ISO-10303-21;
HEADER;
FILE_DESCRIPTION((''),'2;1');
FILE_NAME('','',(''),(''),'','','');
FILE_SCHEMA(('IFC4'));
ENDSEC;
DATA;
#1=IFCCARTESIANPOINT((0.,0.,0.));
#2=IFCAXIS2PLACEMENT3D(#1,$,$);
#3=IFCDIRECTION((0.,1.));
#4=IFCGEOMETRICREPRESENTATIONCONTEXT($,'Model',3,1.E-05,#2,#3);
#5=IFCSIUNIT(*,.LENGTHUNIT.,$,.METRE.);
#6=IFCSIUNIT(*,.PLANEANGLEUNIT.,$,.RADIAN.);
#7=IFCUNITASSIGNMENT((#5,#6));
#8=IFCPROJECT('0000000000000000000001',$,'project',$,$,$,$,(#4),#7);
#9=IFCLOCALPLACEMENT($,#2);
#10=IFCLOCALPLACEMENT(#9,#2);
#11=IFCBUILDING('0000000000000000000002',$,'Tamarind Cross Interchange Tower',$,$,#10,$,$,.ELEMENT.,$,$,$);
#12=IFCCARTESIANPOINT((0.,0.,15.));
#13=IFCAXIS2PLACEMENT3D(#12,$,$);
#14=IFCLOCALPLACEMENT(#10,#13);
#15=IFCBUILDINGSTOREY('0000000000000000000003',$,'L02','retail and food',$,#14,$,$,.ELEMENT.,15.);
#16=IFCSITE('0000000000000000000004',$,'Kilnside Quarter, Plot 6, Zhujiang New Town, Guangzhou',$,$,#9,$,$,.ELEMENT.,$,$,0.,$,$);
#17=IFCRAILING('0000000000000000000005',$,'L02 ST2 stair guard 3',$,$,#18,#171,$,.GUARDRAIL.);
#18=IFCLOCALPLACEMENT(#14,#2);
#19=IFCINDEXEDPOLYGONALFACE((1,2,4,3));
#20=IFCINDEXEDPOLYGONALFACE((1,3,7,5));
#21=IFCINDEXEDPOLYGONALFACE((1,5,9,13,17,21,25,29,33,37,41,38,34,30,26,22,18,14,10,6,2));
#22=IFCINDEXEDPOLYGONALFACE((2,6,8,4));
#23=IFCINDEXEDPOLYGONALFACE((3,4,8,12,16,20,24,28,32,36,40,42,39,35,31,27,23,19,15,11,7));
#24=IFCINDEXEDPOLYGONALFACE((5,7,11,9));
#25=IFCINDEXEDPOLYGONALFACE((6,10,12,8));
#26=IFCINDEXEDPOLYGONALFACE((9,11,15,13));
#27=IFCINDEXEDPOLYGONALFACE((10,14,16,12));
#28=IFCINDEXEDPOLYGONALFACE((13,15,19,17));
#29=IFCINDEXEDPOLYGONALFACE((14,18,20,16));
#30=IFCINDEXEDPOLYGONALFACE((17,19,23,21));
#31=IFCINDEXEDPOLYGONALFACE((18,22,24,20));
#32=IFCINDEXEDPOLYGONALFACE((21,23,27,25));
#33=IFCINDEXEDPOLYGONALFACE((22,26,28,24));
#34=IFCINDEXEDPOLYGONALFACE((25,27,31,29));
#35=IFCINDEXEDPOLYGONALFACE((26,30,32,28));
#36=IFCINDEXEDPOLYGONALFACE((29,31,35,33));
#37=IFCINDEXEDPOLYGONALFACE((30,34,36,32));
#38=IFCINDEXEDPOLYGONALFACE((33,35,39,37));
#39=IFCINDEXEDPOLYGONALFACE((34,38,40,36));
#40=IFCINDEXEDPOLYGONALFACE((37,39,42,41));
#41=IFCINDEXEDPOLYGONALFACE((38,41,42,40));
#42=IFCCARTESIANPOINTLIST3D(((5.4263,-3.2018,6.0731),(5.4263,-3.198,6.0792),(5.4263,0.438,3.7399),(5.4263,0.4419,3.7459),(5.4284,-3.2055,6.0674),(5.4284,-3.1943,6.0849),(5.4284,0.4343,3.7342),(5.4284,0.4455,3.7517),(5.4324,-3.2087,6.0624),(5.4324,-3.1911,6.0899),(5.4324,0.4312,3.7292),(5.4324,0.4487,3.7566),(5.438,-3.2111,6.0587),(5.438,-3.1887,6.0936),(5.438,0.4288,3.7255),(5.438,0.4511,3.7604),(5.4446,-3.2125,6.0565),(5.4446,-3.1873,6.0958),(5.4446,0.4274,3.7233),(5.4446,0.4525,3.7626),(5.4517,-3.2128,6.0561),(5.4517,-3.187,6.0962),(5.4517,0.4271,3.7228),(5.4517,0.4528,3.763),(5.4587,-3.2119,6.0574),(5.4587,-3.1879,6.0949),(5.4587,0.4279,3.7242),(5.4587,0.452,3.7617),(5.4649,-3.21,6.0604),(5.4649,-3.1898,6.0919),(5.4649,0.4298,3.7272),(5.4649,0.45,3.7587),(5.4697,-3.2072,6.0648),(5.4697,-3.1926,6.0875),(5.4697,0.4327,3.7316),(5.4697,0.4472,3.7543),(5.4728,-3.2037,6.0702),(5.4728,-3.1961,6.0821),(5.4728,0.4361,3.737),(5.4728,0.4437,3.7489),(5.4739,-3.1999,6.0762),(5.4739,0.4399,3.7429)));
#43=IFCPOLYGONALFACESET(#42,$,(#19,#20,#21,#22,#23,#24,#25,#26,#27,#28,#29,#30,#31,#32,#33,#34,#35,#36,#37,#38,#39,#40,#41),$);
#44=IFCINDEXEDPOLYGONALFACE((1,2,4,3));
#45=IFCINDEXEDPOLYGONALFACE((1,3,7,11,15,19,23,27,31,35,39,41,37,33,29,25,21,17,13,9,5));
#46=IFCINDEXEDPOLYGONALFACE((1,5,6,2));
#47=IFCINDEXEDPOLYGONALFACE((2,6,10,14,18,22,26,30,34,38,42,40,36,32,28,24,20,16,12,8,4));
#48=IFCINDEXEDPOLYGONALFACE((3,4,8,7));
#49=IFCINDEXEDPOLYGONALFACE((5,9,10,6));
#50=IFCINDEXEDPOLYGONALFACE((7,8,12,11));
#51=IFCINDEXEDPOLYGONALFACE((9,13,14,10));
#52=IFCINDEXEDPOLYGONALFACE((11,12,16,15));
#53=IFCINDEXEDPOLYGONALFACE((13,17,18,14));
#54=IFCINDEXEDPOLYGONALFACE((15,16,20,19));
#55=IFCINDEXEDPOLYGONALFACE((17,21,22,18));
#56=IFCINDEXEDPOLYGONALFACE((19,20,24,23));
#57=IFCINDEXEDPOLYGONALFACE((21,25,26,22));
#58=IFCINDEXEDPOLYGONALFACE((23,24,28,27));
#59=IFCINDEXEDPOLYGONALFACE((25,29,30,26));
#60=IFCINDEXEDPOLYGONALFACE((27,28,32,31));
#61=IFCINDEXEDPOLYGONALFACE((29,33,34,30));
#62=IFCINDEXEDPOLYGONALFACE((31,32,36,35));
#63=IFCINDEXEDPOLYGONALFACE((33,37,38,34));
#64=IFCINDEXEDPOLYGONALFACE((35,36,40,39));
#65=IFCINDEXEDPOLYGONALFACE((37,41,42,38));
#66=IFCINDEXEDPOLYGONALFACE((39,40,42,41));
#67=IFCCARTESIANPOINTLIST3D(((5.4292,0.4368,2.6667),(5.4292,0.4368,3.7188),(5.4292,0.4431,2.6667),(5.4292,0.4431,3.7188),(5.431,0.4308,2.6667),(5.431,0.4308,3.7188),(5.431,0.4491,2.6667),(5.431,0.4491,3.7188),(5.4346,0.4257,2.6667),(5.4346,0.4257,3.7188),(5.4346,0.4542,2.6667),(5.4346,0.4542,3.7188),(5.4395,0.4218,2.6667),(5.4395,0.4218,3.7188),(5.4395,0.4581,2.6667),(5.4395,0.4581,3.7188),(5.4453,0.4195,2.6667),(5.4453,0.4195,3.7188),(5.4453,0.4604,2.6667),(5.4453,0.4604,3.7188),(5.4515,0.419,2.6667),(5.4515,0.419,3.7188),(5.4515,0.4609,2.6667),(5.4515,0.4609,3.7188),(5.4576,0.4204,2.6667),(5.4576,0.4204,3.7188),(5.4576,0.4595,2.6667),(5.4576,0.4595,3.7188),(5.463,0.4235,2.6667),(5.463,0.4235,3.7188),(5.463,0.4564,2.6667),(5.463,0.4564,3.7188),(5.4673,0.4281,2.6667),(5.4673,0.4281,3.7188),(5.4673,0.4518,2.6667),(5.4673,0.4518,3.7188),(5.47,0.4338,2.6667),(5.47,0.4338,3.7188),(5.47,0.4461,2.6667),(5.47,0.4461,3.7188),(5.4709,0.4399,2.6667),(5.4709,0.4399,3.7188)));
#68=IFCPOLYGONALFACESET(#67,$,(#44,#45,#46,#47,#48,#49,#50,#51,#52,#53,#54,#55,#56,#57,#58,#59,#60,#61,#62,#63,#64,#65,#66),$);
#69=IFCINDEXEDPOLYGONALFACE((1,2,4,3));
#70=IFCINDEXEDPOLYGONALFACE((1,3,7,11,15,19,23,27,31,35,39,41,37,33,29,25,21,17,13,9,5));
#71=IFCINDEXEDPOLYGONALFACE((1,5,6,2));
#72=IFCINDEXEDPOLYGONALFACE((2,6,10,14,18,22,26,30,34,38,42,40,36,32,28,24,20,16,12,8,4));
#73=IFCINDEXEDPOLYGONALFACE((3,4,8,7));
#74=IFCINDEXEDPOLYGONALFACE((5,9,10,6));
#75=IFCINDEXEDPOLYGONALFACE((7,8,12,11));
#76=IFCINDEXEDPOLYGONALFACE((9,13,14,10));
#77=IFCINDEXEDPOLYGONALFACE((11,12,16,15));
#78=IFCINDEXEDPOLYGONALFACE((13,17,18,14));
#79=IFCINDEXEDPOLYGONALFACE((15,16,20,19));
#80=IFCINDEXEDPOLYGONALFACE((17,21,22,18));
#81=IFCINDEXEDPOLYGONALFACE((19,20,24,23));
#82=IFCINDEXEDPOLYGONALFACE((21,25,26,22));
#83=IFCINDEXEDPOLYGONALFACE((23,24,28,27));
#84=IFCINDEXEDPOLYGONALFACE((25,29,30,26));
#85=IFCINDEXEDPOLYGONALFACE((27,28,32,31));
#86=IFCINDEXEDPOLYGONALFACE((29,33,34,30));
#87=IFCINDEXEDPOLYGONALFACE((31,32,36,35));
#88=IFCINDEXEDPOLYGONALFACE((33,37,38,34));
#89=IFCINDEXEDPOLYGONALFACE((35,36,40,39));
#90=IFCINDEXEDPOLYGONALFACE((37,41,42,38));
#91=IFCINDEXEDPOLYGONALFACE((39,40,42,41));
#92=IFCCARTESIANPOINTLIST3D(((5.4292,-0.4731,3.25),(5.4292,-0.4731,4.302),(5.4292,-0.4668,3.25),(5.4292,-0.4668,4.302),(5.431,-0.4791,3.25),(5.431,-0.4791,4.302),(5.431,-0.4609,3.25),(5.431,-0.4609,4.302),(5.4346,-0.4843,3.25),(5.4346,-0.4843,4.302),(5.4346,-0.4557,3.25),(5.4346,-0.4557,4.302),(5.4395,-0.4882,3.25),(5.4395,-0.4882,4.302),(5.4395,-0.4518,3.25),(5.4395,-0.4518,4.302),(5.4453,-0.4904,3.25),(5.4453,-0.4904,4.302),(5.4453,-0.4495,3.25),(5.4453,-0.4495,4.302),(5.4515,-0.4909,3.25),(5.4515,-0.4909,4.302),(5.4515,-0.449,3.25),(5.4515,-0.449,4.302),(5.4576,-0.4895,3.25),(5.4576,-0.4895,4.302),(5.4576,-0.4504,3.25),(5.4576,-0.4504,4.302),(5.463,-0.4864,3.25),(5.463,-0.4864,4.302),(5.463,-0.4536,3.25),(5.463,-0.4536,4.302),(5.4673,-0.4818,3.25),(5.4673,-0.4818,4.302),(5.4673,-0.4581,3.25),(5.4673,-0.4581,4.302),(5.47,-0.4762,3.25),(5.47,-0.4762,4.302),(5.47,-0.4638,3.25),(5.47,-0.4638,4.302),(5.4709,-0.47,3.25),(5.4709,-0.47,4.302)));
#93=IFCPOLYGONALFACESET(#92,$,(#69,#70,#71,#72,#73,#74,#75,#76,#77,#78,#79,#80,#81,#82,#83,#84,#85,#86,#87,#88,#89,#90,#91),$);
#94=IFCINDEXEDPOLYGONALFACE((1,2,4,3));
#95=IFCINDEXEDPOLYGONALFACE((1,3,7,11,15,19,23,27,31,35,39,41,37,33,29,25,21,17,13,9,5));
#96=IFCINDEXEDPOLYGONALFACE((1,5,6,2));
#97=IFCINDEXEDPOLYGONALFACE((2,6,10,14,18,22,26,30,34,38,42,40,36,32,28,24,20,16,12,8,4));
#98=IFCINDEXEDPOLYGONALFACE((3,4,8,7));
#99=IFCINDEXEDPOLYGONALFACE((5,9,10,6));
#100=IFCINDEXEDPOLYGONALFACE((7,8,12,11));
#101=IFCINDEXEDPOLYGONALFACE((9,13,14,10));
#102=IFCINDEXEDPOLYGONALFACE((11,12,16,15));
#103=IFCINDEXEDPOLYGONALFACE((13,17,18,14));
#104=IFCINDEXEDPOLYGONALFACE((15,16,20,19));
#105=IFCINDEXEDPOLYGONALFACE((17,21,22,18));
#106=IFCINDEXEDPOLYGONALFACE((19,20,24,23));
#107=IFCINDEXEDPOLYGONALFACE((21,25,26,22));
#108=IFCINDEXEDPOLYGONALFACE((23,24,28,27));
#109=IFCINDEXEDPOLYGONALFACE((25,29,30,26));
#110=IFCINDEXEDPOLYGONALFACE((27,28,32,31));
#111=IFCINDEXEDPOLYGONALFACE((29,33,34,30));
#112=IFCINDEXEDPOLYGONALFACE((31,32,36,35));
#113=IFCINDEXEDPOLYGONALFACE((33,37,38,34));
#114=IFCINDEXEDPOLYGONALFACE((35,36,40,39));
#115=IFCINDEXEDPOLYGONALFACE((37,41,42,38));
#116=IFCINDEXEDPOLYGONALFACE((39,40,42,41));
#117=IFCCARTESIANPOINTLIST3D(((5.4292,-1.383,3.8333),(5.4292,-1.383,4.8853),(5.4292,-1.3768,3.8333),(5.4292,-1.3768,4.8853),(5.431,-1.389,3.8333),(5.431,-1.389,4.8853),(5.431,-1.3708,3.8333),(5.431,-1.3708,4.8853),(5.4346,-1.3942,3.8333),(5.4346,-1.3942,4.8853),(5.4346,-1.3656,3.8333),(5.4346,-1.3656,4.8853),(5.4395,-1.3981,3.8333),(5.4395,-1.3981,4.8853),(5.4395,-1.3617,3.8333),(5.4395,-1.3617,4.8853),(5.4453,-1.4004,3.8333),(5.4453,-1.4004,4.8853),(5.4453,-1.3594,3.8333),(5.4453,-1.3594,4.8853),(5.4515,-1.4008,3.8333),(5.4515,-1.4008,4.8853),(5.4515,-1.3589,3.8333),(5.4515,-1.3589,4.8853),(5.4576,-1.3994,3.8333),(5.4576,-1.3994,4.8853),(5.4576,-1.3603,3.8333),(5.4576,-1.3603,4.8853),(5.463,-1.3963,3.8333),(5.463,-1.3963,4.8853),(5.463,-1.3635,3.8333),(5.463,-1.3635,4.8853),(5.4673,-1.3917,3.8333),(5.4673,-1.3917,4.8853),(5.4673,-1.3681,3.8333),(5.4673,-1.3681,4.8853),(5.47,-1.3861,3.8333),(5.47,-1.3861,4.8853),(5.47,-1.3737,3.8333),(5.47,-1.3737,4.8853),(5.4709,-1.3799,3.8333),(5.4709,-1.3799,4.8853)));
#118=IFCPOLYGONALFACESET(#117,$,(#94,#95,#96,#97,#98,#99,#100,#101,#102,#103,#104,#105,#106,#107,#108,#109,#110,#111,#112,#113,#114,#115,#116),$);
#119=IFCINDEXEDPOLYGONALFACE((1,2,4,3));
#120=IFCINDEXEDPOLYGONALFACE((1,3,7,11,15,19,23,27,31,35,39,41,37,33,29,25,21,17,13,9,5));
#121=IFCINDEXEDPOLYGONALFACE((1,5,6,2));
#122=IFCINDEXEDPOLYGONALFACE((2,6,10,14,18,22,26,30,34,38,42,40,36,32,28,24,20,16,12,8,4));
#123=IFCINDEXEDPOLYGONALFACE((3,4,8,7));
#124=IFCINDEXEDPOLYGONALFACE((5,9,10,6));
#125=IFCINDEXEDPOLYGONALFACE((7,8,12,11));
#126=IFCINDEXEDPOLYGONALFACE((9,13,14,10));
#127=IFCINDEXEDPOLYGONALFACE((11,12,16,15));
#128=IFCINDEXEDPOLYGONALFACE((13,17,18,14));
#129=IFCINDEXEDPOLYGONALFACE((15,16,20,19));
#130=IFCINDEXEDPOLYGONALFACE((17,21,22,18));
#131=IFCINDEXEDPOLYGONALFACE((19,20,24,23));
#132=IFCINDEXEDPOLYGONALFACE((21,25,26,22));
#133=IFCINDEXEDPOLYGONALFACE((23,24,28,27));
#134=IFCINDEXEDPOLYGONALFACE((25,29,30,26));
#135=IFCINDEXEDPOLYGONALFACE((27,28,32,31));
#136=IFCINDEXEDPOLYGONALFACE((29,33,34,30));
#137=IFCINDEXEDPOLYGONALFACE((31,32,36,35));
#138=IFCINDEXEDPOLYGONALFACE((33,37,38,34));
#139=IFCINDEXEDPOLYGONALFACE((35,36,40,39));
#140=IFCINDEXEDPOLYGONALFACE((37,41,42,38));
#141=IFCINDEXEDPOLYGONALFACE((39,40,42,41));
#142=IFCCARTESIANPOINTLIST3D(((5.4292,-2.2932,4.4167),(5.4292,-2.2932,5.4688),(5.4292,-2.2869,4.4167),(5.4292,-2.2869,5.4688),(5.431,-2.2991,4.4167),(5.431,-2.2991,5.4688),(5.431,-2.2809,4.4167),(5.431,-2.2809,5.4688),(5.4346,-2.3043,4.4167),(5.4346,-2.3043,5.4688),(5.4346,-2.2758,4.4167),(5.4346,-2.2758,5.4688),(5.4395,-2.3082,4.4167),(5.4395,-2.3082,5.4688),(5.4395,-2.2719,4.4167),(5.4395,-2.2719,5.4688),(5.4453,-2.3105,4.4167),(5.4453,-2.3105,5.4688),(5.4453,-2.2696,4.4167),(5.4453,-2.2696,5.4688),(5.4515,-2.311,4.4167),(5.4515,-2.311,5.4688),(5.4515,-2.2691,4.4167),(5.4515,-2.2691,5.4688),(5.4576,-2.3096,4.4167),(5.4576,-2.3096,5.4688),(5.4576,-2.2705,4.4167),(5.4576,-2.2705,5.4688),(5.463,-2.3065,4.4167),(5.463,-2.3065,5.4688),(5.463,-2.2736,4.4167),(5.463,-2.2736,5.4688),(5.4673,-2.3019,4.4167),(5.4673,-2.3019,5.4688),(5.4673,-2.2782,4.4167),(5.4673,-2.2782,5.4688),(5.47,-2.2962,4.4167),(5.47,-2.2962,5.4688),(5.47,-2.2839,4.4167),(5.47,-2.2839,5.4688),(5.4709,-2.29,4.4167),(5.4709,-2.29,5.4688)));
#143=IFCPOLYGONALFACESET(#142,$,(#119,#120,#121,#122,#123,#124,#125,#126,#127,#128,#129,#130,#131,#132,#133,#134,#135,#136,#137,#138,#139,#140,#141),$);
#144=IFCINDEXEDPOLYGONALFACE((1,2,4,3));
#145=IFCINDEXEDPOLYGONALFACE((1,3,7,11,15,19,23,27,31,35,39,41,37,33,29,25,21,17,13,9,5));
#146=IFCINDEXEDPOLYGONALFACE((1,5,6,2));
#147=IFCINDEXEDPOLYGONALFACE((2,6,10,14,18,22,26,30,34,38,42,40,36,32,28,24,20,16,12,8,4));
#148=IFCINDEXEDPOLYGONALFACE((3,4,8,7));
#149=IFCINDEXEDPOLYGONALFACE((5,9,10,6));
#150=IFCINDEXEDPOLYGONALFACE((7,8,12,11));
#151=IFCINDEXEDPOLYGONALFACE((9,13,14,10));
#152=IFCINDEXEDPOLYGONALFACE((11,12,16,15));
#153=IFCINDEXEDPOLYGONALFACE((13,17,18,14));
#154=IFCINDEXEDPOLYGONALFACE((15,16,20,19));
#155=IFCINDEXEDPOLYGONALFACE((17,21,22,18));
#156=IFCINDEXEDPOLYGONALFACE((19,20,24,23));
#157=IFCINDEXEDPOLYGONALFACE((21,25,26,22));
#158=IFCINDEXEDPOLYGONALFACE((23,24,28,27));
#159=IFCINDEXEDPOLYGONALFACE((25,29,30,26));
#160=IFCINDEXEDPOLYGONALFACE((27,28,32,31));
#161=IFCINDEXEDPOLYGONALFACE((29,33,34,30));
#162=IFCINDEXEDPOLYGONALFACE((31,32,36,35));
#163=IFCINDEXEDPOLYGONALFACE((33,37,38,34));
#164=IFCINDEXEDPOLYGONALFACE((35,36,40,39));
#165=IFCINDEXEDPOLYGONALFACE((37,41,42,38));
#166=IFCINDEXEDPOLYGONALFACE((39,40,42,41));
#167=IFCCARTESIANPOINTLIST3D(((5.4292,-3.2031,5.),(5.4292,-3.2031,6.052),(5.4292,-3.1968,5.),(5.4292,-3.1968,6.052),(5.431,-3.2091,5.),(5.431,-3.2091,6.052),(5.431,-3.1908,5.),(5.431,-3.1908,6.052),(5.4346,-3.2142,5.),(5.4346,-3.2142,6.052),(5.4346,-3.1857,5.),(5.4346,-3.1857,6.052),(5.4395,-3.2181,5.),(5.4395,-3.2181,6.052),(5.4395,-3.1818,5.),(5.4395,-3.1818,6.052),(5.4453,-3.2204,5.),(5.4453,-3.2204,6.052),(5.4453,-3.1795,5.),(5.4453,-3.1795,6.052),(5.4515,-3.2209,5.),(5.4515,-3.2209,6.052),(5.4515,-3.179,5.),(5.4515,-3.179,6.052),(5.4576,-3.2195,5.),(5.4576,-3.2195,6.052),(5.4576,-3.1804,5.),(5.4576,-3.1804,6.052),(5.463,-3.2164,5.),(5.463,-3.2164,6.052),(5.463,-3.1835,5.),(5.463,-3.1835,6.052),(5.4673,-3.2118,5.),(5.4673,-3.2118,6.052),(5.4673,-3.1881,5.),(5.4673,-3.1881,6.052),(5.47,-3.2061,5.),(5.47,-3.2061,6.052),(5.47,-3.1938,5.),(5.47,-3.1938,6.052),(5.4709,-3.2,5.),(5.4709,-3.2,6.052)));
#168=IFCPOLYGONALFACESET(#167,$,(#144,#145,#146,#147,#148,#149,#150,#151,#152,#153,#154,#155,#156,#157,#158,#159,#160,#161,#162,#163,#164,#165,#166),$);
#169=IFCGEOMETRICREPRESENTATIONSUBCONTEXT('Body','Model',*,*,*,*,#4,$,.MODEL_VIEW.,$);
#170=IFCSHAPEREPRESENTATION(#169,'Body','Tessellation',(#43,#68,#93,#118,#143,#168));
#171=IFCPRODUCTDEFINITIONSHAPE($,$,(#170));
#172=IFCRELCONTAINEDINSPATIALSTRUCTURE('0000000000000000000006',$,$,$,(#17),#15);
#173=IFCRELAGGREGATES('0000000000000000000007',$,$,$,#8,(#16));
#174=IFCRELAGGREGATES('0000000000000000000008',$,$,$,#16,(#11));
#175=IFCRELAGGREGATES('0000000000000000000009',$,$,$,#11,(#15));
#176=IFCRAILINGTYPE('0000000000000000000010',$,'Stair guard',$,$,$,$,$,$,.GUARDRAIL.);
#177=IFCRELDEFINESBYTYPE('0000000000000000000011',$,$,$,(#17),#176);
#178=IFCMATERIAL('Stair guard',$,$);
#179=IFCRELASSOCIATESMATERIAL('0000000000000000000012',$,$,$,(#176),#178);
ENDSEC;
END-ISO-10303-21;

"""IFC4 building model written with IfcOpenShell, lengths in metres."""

from ifc_helpers import new_model, si_unit, direction, frame, origin, origin_2d, place, context, subcontext, project, spatial, circle, extrude, material, type_object, element, save


model = new_model("IFC4")

# Units and contexts
model_context = context("Model", 3, precision=1e-05, world=origin(), true_north=direction((0.0, 1.0)))
body_context = subcontext(model_context, "Body", "Model", "MODEL_VIEW")
ifc_project = project(units=[si_unit("LENGTHUNIT", "METRE"), si_unit("PLANEANGLEUNIT", "RADIAN")], contexts=[model_context])

# Site, building, storey
site_placement = place(None, origin())
site = spatial("IfcSite", under=ifc_project, at=site_placement, Name="Kilnside Quarter, Plot 6, Zhujiang New Town, Guangzhou", CompositionType="ELEMENT", RefElevation=0.0)
building_placement = place(site_placement, origin())
building = spatial("IfcBuilding", under=site, at=building_placement, Name="Tamarind Cross Interchange Tower", CompositionType="ELEMENT")
storey_placement = place(building_placement, frame((0.0, 0.0, 15.0)))
storey = spatial("IfcBuildingStorey", under=building, at=storey_placement, Name="L02", Description="retail and food", CompositionType="ELEMENT", Elevation=15.0)

# Railing
ifc_material_1 = material(Name="Stair guard")
railing_type_1 = type_object("IfcRailingType", Name="Stair guard", PredefinedType="GUARDRAIL", material=ifc_material_1)
railing_1_placement = place(storey_placement, frame((5.45, 0.4399, 2.6667)))
element("IfcRailing", 1, at=railing_1_placement, inside=storey, type_object=railing_type_1, Name="L02 ST2 stair guard 3", PredefinedType="GUARDRAIL", context=body_context, shape_type="SweptSolid", body=[
    extrude(circle(Radius=0.0239, at=origin_2d()), frame((0.0, 0.0, 1.0762), z_axis=(0.0, -0.84188, 0.539664), x_axis=(1.0, 0.0, 0.0)), (0.0, 0.0, 1.0), 4.3235),
    extrude(circle(Radius=0.021, at=origin_2d()), origin(), (0.0, 0.0, 1.0), 1.052),
    extrude(circle(Radius=0.021, at=origin_2d()), frame((0.0, -0.9099, 0.5833)), (0.0, 0.0, 1.0), 1.052),
    extrude(circle(Radius=0.021, at=origin_2d()), frame((0.0, -1.8198, 1.1665)), (0.0, 0.0, 1.0), 1.052),
    extrude(circle(Radius=0.021, at=origin_2d()), frame((0.0, -2.73, 1.75)), (0.0, 0.0, 1.0), 1.052),
    extrude(circle(Radius=0.021, at=origin_2d()), frame((0.0, -3.6399, 2.3333)), (0.0, 0.0, 1.0), 1.052),
])

save(model, "model.ifc")
